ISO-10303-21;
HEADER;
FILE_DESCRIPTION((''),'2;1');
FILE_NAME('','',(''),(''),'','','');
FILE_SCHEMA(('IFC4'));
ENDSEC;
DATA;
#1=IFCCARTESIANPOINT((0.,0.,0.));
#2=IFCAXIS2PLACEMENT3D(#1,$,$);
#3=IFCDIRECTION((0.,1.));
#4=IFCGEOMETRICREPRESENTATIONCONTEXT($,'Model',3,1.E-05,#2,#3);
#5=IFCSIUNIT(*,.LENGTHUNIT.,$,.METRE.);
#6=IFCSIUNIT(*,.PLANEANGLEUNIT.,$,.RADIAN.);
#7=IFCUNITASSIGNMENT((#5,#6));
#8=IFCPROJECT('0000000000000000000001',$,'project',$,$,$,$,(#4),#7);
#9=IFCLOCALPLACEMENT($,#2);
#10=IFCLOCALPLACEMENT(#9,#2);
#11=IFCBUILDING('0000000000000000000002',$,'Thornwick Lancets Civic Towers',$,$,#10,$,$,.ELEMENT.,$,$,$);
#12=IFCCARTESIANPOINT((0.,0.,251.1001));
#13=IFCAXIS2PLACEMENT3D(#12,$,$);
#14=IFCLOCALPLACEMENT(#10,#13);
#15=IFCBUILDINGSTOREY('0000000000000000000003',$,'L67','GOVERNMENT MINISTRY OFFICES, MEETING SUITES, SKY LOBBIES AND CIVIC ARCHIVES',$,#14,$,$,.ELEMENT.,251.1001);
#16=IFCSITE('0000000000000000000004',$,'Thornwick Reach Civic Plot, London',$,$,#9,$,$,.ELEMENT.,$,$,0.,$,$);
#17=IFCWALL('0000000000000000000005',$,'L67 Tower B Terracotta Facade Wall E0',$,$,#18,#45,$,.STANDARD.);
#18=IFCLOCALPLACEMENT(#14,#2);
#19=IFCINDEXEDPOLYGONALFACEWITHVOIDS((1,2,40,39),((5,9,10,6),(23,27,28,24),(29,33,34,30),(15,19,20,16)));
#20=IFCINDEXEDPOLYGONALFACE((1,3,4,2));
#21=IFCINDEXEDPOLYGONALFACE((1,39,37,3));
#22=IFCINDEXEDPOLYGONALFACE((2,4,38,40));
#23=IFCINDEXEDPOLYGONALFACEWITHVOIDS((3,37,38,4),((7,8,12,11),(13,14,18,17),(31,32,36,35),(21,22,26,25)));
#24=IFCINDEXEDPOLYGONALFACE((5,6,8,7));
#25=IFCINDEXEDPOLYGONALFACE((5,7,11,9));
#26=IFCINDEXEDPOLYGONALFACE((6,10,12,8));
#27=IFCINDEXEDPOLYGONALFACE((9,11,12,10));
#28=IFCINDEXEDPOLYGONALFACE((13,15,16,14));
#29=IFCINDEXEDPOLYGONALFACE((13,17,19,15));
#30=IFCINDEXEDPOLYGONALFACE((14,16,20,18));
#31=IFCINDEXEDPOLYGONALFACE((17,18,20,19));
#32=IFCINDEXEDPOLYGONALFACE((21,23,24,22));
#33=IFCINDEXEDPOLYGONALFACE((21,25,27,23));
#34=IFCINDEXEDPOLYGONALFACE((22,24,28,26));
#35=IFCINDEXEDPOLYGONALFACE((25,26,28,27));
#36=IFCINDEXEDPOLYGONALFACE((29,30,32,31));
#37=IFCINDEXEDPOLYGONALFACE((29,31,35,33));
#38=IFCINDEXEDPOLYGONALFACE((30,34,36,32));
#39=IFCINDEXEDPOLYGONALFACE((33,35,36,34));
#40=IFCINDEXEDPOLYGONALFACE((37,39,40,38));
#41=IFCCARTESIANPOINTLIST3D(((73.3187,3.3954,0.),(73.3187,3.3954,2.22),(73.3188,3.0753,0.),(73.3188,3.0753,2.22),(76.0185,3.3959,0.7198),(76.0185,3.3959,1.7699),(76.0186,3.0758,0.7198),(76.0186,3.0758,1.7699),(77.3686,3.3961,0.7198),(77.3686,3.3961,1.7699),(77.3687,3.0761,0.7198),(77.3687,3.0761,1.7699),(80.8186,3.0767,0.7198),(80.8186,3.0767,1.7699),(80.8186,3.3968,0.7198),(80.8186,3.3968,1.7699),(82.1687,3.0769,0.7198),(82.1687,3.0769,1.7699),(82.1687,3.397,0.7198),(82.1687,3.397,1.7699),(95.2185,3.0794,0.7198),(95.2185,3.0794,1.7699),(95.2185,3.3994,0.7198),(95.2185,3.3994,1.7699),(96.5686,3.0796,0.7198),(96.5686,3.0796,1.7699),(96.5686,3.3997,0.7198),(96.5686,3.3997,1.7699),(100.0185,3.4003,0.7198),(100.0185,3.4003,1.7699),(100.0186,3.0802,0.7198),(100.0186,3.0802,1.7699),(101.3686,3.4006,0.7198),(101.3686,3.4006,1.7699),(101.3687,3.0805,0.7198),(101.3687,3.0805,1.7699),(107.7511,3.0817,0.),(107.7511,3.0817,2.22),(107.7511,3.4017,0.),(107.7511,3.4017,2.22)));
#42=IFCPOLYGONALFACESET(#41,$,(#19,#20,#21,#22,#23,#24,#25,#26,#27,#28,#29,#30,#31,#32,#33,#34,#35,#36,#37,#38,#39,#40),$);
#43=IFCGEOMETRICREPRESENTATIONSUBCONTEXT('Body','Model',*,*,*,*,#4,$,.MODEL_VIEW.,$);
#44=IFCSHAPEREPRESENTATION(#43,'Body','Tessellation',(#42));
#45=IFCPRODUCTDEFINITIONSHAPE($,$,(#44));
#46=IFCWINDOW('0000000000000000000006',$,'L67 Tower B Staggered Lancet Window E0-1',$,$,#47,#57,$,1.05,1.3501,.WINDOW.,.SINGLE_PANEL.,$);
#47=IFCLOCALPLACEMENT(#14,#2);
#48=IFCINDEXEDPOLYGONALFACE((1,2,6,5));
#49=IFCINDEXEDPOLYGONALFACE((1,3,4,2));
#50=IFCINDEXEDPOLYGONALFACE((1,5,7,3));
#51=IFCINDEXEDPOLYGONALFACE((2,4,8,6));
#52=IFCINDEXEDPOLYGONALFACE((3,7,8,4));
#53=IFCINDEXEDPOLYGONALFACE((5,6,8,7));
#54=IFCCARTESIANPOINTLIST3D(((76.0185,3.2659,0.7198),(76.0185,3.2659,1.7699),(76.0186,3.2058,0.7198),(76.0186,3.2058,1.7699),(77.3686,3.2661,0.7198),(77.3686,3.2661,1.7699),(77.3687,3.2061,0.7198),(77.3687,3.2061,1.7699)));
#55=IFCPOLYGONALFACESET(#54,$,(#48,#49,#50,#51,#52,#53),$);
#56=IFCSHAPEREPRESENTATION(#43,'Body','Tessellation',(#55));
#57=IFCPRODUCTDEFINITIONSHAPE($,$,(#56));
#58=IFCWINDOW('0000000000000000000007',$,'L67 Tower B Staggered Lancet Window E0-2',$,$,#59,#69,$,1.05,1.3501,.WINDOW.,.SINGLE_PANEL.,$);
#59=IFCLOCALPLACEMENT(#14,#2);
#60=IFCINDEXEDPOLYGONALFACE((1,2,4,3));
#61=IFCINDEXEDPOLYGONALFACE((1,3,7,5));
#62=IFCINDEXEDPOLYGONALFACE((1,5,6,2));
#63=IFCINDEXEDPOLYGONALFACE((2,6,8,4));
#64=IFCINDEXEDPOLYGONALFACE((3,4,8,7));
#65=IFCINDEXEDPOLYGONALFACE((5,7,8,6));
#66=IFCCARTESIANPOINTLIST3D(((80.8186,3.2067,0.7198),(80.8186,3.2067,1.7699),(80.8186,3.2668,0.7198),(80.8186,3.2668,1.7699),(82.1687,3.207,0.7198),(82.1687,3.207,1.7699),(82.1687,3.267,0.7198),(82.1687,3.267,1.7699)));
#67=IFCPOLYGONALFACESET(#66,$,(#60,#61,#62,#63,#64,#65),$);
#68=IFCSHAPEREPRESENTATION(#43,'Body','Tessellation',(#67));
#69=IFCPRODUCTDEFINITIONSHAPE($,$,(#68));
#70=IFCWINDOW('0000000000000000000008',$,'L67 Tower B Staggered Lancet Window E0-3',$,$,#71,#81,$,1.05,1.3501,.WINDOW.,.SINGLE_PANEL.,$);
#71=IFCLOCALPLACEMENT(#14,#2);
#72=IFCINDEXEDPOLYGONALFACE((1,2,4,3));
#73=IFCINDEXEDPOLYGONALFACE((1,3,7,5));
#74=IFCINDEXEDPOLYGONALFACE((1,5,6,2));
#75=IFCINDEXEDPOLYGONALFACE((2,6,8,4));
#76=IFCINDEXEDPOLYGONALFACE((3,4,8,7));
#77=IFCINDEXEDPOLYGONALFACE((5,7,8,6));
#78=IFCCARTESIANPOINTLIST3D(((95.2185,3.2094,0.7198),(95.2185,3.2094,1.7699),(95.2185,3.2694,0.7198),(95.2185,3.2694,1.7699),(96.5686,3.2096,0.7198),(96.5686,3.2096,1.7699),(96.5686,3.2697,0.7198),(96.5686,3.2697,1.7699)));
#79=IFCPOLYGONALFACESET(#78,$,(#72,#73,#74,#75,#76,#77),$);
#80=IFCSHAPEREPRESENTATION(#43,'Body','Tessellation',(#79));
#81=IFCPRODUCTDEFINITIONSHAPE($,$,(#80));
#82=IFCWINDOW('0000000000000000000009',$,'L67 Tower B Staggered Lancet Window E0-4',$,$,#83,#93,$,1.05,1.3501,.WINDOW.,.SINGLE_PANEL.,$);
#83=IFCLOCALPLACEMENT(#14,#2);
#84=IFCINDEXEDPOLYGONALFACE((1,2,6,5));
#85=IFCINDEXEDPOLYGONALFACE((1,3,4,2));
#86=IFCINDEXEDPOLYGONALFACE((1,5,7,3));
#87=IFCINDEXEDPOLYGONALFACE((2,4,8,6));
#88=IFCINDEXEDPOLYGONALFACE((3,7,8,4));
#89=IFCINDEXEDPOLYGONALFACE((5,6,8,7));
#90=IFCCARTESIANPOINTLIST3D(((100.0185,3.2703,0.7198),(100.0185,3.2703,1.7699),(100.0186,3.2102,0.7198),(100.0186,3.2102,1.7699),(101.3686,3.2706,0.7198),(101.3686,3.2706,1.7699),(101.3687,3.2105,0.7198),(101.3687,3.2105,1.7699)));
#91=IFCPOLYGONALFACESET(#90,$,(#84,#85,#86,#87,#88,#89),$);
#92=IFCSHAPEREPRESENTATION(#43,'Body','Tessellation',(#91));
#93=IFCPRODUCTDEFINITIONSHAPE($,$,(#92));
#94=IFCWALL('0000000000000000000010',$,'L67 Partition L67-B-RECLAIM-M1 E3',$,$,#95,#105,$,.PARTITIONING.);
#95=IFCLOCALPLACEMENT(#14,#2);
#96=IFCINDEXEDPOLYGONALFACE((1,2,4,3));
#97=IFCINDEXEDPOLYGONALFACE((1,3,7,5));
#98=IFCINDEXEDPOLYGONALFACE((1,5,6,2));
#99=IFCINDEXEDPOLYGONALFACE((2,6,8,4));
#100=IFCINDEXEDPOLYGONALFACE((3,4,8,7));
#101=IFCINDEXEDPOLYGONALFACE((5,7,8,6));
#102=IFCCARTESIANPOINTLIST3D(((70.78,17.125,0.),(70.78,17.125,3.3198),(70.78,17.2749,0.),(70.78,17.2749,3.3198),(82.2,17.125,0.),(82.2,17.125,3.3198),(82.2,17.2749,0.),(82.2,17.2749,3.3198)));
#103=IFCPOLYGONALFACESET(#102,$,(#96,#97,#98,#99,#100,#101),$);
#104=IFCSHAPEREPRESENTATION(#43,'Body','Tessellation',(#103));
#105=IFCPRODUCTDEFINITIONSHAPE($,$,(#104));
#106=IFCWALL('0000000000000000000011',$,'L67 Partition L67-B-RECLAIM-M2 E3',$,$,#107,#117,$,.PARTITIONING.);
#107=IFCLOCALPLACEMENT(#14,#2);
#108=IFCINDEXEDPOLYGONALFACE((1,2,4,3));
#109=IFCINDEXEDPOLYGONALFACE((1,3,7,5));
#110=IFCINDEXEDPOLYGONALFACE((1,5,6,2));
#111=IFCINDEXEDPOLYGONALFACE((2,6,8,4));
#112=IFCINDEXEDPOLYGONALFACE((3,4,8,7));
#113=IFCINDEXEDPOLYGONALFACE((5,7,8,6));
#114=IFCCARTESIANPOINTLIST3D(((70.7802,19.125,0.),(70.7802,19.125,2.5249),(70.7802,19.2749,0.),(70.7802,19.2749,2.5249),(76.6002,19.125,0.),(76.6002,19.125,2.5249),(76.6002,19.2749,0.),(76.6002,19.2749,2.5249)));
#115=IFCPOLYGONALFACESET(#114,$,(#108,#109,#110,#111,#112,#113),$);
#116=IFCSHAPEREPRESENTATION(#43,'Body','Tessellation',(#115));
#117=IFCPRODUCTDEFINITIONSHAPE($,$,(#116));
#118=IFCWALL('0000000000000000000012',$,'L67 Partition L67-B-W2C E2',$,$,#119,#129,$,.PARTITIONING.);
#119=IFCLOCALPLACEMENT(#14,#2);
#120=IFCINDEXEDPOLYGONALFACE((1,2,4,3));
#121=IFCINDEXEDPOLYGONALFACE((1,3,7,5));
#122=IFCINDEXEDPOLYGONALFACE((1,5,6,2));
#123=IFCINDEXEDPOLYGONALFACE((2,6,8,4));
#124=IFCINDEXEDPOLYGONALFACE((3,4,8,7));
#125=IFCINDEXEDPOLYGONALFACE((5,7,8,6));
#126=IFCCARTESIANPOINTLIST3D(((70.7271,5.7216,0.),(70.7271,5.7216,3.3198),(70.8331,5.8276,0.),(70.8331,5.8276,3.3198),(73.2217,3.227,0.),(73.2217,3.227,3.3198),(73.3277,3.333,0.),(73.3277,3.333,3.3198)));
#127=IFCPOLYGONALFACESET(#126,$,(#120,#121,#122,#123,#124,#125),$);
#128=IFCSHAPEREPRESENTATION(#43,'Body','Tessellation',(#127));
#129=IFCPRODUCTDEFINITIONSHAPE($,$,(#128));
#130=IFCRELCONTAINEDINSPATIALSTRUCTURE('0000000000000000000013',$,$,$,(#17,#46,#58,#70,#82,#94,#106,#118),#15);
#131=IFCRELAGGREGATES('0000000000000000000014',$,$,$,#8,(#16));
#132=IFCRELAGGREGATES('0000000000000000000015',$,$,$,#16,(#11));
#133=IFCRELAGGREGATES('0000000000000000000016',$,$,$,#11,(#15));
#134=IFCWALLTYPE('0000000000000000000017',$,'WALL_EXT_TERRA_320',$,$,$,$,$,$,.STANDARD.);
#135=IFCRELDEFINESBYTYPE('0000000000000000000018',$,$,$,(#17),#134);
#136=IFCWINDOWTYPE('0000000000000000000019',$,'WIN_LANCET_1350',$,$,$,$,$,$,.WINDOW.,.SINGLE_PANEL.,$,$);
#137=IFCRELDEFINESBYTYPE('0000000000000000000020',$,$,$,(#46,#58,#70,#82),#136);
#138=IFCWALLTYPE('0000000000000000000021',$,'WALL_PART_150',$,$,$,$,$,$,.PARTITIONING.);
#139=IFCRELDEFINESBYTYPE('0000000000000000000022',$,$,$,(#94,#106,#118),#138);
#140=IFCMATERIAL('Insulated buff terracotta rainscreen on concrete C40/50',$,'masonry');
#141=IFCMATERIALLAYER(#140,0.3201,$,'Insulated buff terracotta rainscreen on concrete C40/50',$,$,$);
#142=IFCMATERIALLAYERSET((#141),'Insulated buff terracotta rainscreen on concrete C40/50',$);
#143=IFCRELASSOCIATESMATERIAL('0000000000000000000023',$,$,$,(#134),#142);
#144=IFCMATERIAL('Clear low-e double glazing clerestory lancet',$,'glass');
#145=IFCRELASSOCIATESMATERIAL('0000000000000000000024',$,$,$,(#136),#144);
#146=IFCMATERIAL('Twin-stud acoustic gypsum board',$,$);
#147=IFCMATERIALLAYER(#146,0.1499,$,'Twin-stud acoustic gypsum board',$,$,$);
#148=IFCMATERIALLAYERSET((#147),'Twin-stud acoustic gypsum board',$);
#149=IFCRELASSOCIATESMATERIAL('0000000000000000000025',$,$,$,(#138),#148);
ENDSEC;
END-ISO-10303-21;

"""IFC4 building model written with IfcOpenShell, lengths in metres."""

from ifc_helpers import new_model, si_unit, direction, frame, frame_2d, origin, place, context, subcontext, project, spatial, rectangle, extrude, material, layer, layer_set, type_object, element, fill, save


model = new_model("IFC4")

# Units and contexts
model_context = context("Model", 3, precision=1e-05, world=origin(), true_north=direction((0.0, 1.0)))
body_context = subcontext(model_context, "Body", "Model", "MODEL_VIEW")
ifc_project = project(units=[si_unit("LENGTHUNIT", "METRE"), si_unit("PLANEANGLEUNIT", "RADIAN")], contexts=[model_context])

# Site, building, storey
site_placement = place(None, origin())
site = spatial("IfcSite", under=ifc_project, at=site_placement, Name="Thornwick Reach Civic Plot, London", CompositionType="ELEMENT", RefElevation=0.0)
building_placement = place(site_placement, origin())
building = spatial("IfcBuilding", under=site, at=building_placement, Name="Thornwick Lancets Civic Towers", CompositionType="ELEMENT")
storey_placement = place(building_placement, frame((0.0, 0.0, 251.1001)))
storey = spatial("IfcBuildingStorey", under=building, at=storey_placement, Name="L67", Description="GOVERNMENT MINISTRY OFFICES, MEETING SUITES, SKY LOBBIES AND CIVIC ARCHIVES", CompositionType="ELEMENT", Elevation=251.1001)

# Wall, openings, windows
ifc_material_1 = material(Name="Insulated buff terracotta rainscreen on concrete C40/50", Category="masonry")
ifc_layer_1 = layer(ifc_material_1, 0.3201, Name="Insulated buff terracotta rainscreen on concrete C40/50")
ifc_layer_set_1 = layer_set([ifc_layer_1], Name="Insulated buff terracotta rainscreen on concrete C40/50")
wall_type_1 = type_object("IfcWallType", Name="WALL_EXT_TERRA_320", PredefinedType="STANDARD", material=ifc_layer_set_1)
ifc_material_2 = material(Name="Clear low-e double glazing clerestory lancet", Category="glass")
window_type = type_object("IfcWindowType", Name="WIN_LANCET_1350", PartitioningType="SINGLE_PANEL", PredefinedType="WINDOW", material=ifc_material_2)
wall_1_placement = place(storey_placement, frame((73.3186, 3.2354, 0.0), z_axis=(0.0, 0.0, 1.0), x_axis=(1.0, 0.000184, 0.0)))
wall_1 = element("IfcWall", 1, at=wall_1_placement, inside=storey, type_object=wall_type_1, Name="L67 Tower B Terracotta Facade Wall E0", PredefinedType="STANDARD", context=body_context, shape_type="SweptSolid", body=[
    extrude(rectangle(XDim=34.4324, YDim=0.3201, at=frame_2d((17.2163, 0.0))), origin(), (0.0, 0.0, 1.0), 2.22),
])
opening_1_placement = place(wall_1_placement, frame((2.7, 0.0, 0.72)))
opening_1 = element("IfcOpeningElement", 2, at=opening_1_placement, cuts=wall_1, PredefinedType="OPENING", context=body_context, shape_type="SweptSolid", body=[
    extrude(rectangle(XDim=1.3501, YDim=1.05, at=frame_2d((0.675, 0.5249))), frame((0.0, 0.1699, 0.0), z_axis=(0.0, -1.0, 0.0), x_axis=(1.0, 0.0, 0.0)), (0.0, 0.0, 1.0), 0.3401),
])
opening_2_placement = place(wall_1_placement, frame((7.5, 0.0, 0.72)))
opening_2 = element("IfcOpeningElement", 3, at=opening_2_placement, cuts=wall_1, PredefinedType="OPENING", context=body_context, shape_type="SweptSolid", body=[
    extrude(rectangle(XDim=1.3501, YDim=1.05, at=frame_2d((0.675, 0.5249))), frame((0.0, 0.1699, 0.0), z_axis=(0.0, -1.0, 0.0), x_axis=(1.0, 0.0, 0.0)), (0.0, 0.0, 1.0), 0.3401),
])
opening_3_placement = place(wall_1_placement, frame((21.8999, 0.0, 0.72)))
opening_3 = element("IfcOpeningElement", 4, at=opening_3_placement, cuts=wall_1, PredefinedType="OPENING", context=body_context, shape_type="SweptSolid", body=[
    extrude(rectangle(XDim=1.3501, YDim=1.05, at=frame_2d((0.675, 0.5249))), frame((0.0, 0.1699, 0.0), z_axis=(0.0, -1.0, 0.0), x_axis=(1.0, 0.0, 0.0)), (0.0, 0.0, 1.0), 0.3401),
])
opening_4_placement = place(wall_1_placement, frame((26.7, 0.0, 0.72)))
opening_4 = element("IfcOpeningElement", 5, at=opening_4_placement, cuts=wall_1, PredefinedType="OPENING", context=body_context, shape_type="SweptSolid", body=[
    extrude(rectangle(XDim=1.3501, YDim=1.05, at=frame_2d((0.675, 0.5249))), frame((0.0, 0.1699, 0.0), z_axis=(0.0, -1.0, 0.0), x_axis=(1.0, 0.0, 0.0)), (0.0, 0.0, 1.0), 0.3401),
])
window_1_placement = place(opening_1_placement, origin())
window_1 = element("IfcWindow", 6, at=window_1_placement, inside=storey, type_object=window_type, Name="L67 Tower B Staggered Lancet Window E0-1", OverallHeight=1.05, OverallWidth=1.3501, PartitioningType="SINGLE_PANEL", PredefinedType="WINDOW", context=body_context, shape_type="SweptSolid", body=[
    extrude(rectangle(XDim=1.3501, YDim=1.05, at=frame_2d((0.675, 0.5249))), frame((0.0, 0.03, 0.0), z_axis=(0.0, -1.0, 0.0), x_axis=(1.0, 0.0, 0.0)), (0.0, 0.0, 1.0), 0.0601),
])
fill(opening_1, window_1)
window_2_placement = place(opening_2_placement, origin())
window_2 = element("IfcWindow", 7, at=window_2_placement, inside=storey, type_object=window_type, Name="L67 Tower B Staggered Lancet Window E0-2", OverallHeight=1.05, OverallWidth=1.3501, PartitioningType="SINGLE_PANEL", PredefinedType="WINDOW", context=body_context, shape_type="SweptSolid", body=[
    extrude(rectangle(XDim=1.3501, YDim=1.05, at=frame_2d((0.675, 0.5249))), frame((0.0, 0.03, 0.0), z_axis=(0.0, -1.0, 0.0), x_axis=(1.0, 0.0, 0.0)), (0.0, 0.0, 1.0), 0.0601),
])
fill(opening_2, window_2)
window_3_placement = place(opening_3_placement, origin())
window_3 = element("IfcWindow", 8, at=window_3_placement, inside=storey, type_object=window_type, Name="L67 Tower B Staggered Lancet Window E0-3", OverallHeight=1.05, OverallWidth=1.3501, PartitioningType="SINGLE_PANEL", PredefinedType="WINDOW", context=body_context, shape_type="SweptSolid", body=[
    extrude(rectangle(XDim=1.3501, YDim=1.05, at=frame_2d((0.675, 0.5249))), frame((0.0, 0.03, 0.0), z_axis=(0.0, -1.0, 0.0), x_axis=(1.0, 0.0, 0.0)), (0.0, 0.0, 1.0), 0.0601),
])
fill(opening_3, window_3)
window_4_placement = place(opening_4_placement, origin())
window_4 = element("IfcWindow", 9, at=window_4_placement, inside=storey, type_object=window_type, Name="L67 Tower B Staggered Lancet Window E0-4", OverallHeight=1.05, OverallWidth=1.3501, PartitioningType="SINGLE_PANEL", PredefinedType="WINDOW", context=body_context, shape_type="SweptSolid", body=[
    extrude(rectangle(XDim=1.3501, YDim=1.05, at=frame_2d((0.675, 0.5249))), frame((0.0, 0.03, 0.0), z_axis=(0.0, -1.0, 0.0), x_axis=(1.0, 0.0, 0.0)), (0.0, 0.0, 1.0), 0.0601),
])
fill(opening_4, window_4)

# Walls
ifc_material_3 = material(Name="Twin-stud acoustic gypsum board")
ifc_layer_2 = layer(ifc_material_3, 0.1499, Name="Twin-stud acoustic gypsum board")
ifc_layer_set_2 = layer_set([ifc_layer_2], Name="Twin-stud acoustic gypsum board")
wall_type_2 = type_object("IfcWallType", Name="WALL_PART_150", PredefinedType="PARTITIONING", material=ifc_layer_set_2)
wall_2_placement = place(storey_placement, frame((70.78, 17.2, 0.0), z_axis=(0.0, 0.0, 1.0), x_axis=(1.0, 0.0, 0.0)))
element("IfcWall", 10, at=wall_2_placement, inside=storey, type_object=wall_type_2, Name="L67 Partition L67-B-RECLAIM-M1 E3", PredefinedType="PARTITIONING", context=body_context, shape_type="SweptSolid", body=[
    extrude(rectangle(XDim=11.4199, YDim=0.1499, at=frame_2d((5.71, 0.0))), origin(), (0.0, 0.0, 1.0), 3.3198),
])
wall_3_placement = place(storey_placement, frame((70.78, 19.2, 0.0), z_axis=(0.0, 0.0, 1.0), x_axis=(1.0, 0.0, 0.0)))
element("IfcWall", 11, at=wall_3_placement, inside=storey, type_object=wall_type_2, Name="L67 Partition L67-B-RECLAIM-M2 E3", PredefinedType="PARTITIONING", context=body_context, shape_type="SweptSolid", body=[
    extrude(rectangle(XDim=5.8201, YDim=0.1499, at=frame_2d((2.9102, 0.0))), origin(), (0.0, 0.0, 1.0), 2.5249),
])
wall_4_placement = place(storey_placement, frame((73.2747, 3.28, 0.0), z_axis=(0.0, 0.0, 1.0), x_axis=(-0.707107, 0.707107, 0.0)))
element("IfcWall", 12, at=wall_4_placement, inside=storey, type_object=wall_type_2, Name="L67 Partition L67-B-W2C E2", PredefinedType="PARTITIONING", context=body_context, shape_type="SweptSolid", body=[
    extrude(rectangle(XDim=3.5278, YDim=0.1499, at=frame_2d((1.7639, 0.0))), origin(), (0.0, 0.0, 1.0), 3.3198),
])

save(model, "model.ifc")
